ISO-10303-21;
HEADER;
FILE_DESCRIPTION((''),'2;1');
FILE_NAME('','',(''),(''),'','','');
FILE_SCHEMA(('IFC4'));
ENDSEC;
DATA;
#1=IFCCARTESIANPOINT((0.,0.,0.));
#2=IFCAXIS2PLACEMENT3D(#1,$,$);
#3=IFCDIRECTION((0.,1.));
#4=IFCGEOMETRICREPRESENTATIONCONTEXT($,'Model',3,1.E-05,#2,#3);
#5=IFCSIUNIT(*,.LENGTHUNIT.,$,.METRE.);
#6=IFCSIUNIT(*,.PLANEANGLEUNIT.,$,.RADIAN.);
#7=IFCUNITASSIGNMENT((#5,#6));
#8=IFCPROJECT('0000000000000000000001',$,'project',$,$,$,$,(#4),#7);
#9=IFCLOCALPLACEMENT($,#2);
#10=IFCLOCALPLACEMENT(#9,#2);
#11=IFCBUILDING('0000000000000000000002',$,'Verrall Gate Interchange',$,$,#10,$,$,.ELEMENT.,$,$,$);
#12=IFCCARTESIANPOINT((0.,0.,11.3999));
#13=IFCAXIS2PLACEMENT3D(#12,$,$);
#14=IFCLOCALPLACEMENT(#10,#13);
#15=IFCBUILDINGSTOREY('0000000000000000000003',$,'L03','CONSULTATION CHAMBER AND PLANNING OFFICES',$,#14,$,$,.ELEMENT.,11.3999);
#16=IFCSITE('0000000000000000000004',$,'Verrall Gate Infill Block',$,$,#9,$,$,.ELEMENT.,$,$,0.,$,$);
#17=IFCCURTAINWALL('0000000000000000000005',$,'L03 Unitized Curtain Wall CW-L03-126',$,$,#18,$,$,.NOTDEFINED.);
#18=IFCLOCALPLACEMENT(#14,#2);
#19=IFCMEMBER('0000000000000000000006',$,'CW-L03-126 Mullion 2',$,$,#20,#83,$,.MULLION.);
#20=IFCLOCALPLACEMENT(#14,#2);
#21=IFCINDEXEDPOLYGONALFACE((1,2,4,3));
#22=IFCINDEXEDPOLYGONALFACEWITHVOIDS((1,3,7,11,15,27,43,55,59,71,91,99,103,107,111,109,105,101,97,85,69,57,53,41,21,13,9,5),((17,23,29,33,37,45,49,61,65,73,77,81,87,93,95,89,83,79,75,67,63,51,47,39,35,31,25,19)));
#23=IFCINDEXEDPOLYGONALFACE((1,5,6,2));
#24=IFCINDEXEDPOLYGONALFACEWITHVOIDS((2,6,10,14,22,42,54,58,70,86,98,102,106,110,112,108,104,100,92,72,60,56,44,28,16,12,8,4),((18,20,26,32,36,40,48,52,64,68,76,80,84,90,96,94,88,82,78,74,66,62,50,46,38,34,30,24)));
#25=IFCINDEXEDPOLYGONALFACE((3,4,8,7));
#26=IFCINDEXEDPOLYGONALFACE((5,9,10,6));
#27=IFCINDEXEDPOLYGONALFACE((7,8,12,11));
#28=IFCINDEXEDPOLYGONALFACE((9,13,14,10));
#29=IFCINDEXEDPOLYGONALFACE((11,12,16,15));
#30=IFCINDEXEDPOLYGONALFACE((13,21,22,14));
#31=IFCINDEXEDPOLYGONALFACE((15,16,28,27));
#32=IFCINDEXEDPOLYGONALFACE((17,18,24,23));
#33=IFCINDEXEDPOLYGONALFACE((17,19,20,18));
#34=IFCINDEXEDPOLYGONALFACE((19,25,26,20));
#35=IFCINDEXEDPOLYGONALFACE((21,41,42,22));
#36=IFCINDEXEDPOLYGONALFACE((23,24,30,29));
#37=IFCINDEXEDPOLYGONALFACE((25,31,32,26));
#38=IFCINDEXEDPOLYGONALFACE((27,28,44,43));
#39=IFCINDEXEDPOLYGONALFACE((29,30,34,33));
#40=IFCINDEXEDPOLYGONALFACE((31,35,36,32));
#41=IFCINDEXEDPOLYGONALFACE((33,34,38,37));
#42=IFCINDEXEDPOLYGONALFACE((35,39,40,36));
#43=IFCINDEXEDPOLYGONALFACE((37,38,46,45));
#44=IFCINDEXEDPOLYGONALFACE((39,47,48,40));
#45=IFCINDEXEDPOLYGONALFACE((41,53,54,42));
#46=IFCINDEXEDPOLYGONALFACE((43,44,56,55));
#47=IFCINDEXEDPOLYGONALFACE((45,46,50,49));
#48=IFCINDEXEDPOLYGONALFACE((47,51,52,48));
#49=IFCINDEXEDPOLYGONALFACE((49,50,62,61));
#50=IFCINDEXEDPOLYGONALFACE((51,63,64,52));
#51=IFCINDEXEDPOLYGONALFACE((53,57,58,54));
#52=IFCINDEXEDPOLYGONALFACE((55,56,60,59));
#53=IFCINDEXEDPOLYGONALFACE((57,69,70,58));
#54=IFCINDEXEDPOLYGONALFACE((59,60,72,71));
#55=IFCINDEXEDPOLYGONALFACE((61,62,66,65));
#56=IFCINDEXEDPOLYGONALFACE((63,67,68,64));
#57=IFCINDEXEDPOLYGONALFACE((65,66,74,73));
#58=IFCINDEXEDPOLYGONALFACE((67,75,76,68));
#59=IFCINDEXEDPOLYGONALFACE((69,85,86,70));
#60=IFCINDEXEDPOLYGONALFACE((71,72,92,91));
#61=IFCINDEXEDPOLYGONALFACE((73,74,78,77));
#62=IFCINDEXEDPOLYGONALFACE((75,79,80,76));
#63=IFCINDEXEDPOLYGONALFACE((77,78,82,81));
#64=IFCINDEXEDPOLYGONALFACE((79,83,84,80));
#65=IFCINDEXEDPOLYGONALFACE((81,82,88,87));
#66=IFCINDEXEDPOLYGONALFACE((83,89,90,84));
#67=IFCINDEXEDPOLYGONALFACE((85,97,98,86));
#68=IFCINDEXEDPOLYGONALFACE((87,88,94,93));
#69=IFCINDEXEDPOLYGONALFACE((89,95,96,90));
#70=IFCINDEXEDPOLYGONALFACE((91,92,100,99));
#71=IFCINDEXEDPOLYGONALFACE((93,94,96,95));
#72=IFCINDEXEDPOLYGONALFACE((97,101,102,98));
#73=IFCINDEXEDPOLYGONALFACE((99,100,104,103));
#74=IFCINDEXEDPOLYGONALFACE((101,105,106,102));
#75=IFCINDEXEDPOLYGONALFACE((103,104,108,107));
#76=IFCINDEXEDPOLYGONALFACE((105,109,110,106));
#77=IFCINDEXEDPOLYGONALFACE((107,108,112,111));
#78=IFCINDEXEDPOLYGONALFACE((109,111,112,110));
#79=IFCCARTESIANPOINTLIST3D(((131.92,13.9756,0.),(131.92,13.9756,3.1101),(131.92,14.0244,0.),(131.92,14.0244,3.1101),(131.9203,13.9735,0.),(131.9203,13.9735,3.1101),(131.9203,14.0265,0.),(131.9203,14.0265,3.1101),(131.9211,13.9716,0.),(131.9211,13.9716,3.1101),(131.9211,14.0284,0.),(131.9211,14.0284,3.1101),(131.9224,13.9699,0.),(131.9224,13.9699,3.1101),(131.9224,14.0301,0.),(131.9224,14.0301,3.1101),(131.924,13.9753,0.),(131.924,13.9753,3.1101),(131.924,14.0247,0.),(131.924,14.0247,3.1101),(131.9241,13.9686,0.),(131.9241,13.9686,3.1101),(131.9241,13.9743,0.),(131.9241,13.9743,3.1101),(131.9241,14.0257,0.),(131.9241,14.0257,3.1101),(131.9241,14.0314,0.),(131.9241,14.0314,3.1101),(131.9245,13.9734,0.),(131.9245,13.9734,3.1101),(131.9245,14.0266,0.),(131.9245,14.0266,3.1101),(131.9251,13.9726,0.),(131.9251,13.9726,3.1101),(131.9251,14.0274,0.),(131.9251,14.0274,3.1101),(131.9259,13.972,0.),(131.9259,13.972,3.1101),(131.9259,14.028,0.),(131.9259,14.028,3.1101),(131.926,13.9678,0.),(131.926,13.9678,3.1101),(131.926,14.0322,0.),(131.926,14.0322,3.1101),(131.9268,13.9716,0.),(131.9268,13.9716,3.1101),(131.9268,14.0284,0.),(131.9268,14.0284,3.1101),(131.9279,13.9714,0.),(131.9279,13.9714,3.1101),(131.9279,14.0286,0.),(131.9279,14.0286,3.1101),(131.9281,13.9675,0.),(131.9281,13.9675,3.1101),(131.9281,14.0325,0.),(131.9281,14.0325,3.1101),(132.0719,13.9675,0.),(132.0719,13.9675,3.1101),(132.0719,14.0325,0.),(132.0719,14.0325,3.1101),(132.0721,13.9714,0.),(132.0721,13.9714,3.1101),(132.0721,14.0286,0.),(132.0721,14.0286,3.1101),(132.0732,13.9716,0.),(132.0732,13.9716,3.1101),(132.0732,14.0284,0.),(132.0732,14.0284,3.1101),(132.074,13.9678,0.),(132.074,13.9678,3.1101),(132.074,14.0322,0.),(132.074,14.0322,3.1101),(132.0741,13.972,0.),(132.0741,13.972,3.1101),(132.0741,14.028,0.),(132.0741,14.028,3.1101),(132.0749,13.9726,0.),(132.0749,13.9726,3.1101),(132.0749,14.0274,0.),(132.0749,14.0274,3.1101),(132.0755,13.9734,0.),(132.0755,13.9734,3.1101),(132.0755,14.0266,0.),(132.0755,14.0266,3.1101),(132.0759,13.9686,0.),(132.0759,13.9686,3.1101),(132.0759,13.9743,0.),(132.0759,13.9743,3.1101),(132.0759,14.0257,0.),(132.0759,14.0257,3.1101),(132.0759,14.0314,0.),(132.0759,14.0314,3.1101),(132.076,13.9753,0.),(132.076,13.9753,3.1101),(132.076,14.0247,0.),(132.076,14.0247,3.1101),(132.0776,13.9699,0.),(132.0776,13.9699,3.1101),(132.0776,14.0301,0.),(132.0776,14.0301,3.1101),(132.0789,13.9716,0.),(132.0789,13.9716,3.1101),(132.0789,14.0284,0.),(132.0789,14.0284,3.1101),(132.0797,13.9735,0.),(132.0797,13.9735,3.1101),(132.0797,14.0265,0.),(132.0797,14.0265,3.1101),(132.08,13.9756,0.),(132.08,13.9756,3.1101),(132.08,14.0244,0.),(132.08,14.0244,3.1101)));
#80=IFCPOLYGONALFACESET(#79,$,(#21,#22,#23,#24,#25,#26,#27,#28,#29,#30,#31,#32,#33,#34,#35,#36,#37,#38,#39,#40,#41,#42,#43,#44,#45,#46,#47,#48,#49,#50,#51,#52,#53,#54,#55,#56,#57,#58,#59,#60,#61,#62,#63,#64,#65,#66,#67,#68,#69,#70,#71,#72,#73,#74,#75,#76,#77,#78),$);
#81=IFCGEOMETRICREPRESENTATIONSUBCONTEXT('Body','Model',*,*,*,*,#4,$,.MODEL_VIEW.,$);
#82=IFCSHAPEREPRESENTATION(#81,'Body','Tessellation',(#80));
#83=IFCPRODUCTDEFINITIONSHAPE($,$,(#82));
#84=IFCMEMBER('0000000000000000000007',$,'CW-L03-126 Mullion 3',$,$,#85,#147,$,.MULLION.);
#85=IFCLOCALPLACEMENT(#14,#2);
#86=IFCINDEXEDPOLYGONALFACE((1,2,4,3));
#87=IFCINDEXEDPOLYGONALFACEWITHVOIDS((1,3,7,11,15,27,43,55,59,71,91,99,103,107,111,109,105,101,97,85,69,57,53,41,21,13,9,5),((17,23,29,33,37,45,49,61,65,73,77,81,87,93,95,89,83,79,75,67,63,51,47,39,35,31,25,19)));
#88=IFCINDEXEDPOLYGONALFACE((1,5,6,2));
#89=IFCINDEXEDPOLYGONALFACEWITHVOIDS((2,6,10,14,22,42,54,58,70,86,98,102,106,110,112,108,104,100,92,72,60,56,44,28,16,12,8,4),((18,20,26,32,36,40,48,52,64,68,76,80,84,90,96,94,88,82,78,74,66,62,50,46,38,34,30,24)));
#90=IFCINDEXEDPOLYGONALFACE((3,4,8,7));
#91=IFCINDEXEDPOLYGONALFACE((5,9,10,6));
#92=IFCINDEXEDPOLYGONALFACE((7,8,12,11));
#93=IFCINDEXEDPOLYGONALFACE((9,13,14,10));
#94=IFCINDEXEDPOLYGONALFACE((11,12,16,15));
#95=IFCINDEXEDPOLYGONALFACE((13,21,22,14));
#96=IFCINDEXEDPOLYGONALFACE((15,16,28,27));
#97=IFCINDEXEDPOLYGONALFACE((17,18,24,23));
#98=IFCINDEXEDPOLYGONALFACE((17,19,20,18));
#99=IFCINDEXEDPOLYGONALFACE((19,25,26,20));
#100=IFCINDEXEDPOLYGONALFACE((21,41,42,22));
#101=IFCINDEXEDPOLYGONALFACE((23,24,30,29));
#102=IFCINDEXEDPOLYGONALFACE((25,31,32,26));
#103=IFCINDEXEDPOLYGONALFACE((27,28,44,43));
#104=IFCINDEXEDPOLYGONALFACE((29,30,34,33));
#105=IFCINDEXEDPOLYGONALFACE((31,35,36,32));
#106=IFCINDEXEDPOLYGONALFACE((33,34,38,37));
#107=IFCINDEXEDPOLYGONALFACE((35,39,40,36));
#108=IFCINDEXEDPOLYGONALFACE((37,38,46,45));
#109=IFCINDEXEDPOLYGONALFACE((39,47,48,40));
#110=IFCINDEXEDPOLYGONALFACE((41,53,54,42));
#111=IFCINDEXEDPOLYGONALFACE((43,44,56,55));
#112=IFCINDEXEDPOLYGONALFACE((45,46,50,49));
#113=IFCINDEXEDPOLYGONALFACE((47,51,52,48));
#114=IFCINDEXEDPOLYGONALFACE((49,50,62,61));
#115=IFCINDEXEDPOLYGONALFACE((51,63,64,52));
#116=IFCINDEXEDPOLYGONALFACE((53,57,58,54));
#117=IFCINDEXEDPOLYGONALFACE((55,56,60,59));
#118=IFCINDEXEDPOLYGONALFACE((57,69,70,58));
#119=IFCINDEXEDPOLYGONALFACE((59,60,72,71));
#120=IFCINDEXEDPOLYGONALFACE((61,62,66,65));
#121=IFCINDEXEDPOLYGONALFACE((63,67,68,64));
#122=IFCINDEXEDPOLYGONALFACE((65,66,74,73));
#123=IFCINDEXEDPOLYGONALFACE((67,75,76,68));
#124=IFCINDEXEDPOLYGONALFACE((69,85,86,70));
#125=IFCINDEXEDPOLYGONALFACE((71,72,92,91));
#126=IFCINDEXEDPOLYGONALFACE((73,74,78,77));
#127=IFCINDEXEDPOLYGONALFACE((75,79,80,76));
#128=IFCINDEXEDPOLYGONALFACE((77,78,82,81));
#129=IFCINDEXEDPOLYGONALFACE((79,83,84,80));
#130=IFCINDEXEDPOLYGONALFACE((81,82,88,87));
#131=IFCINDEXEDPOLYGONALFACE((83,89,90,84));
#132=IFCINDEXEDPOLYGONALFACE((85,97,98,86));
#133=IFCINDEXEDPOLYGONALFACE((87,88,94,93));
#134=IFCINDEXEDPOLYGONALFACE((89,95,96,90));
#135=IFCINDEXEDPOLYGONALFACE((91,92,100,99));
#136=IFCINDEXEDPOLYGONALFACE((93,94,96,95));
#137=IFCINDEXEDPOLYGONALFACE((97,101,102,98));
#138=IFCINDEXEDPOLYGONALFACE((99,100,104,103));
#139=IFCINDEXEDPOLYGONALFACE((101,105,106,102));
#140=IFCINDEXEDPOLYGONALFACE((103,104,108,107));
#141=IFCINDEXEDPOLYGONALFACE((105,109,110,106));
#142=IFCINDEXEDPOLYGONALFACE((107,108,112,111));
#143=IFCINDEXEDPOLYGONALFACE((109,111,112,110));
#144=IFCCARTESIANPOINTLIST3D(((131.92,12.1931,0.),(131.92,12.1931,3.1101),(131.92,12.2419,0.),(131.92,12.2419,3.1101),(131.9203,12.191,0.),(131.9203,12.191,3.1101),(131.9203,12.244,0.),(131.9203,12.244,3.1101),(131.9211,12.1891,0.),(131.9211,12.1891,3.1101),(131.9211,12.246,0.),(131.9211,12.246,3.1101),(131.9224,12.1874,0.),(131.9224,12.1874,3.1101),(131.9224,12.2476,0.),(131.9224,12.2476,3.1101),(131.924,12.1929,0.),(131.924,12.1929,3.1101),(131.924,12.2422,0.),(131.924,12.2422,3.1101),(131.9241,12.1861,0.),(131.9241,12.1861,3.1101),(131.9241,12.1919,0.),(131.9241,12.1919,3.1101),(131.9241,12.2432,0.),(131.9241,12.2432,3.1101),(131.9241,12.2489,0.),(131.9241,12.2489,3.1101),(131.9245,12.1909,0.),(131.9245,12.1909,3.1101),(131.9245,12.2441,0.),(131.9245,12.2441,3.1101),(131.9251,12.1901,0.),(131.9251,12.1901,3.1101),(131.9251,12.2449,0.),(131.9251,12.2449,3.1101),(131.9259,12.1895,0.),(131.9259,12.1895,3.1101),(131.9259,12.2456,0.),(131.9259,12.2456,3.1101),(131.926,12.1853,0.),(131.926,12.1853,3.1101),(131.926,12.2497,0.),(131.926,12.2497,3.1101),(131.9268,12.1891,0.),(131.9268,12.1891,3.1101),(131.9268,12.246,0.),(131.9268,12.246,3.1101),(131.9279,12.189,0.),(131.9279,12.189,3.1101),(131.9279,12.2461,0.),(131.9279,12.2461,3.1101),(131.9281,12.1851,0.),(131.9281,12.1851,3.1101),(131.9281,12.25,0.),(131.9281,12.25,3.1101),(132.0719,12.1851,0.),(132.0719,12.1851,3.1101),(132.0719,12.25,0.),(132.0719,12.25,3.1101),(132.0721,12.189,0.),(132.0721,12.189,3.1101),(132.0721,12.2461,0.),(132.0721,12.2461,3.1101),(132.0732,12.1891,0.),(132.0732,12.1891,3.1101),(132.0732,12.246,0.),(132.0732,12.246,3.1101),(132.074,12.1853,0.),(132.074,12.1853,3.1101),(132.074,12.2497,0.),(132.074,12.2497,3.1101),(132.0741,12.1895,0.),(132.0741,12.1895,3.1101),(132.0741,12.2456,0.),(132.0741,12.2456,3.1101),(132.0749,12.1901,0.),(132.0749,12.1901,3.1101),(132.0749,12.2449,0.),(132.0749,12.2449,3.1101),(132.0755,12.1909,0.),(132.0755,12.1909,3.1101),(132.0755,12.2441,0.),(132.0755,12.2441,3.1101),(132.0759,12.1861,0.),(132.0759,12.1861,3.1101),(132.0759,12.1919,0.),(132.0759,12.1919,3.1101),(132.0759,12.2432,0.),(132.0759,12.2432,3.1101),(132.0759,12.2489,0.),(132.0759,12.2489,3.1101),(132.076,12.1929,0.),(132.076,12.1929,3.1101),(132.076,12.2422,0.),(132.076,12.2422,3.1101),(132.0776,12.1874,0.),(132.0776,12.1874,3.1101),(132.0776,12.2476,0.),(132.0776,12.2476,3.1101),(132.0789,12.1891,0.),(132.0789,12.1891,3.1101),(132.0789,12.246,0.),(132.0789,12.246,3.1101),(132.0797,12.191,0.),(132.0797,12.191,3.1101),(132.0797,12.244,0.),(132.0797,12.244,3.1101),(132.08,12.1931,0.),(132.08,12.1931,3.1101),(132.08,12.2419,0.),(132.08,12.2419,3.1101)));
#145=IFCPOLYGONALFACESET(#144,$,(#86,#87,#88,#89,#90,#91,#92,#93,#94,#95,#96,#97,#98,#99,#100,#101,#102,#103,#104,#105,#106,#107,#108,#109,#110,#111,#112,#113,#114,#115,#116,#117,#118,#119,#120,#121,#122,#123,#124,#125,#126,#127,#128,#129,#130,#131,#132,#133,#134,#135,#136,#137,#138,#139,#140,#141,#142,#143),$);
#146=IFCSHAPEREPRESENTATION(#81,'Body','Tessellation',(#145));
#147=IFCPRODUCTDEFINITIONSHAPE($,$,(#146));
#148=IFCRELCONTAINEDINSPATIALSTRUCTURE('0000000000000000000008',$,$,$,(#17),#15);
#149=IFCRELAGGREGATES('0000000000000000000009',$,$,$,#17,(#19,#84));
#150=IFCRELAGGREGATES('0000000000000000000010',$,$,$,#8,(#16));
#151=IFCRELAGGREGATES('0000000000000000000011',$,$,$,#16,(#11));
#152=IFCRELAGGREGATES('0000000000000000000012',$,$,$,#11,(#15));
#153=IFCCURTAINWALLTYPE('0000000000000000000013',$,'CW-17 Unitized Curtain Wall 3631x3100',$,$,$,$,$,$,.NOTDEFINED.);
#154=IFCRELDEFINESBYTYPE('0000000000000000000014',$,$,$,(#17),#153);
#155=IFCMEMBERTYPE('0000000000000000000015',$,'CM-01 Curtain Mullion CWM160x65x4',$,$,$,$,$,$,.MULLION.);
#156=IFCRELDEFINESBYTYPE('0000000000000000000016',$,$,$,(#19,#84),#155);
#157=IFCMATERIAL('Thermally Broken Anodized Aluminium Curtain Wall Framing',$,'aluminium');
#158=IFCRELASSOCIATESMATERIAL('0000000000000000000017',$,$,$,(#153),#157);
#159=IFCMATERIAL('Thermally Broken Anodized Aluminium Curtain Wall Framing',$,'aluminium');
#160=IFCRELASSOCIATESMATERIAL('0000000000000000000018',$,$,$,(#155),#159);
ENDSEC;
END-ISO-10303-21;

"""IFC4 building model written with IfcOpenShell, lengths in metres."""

from ifc_helpers import new_model, si_unit, direction, frame, origin, origin_2d, place, context, subcontext, project, spatial, hollow_rectangle, extrude, material, material_profile, profile_set, type_object, element, aggregate, save


model = new_model("IFC4")

# Units and contexts
model_context = context("Model", 3, precision=1e-05, world=origin(), true_north=direction((0.0, 1.0)))
body_context = subcontext(model_context, "Body", "Model", "MODEL_VIEW")
ifc_project = project(units=[si_unit("LENGTHUNIT", "METRE"), si_unit("PLANEANGLEUNIT", "RADIAN")], contexts=[model_context])

# Site, building, storey
site_placement = place(None, origin())
site = spatial("IfcSite", under=ifc_project, at=site_placement, Name="Verrall Gate Infill Block", CompositionType="ELEMENT", RefElevation=0.0)
building_placement = place(site_placement, origin())
building = spatial("IfcBuilding", under=site, at=building_placement, Name="Verrall Gate Interchange", CompositionType="ELEMENT")
storey_placement = place(building_placement, frame((0.0, 0.0, 11.3999)))
storey = spatial("IfcBuildingStorey", under=building, at=storey_placement, Name="L03", Description="CONSULTATION CHAMBER AND PLANNING OFFICES", CompositionType="ELEMENT", Elevation=11.3999)

# Curtain wall, members
ifc_material_1 = material(Name="Thermally Broken Anodized Aluminium Curtain Wall Framing", Category="aluminium")
curtain_wall_type_1 = type_object("IfcCurtainWallType", Name="CW-17 Unitized Curtain Wall 3631x3100", PredefinedType="NOTDEFINED", material=ifc_material_1)
curtain_wall_1_placement = place(storey_placement, origin())
curtain_wall_1 = element("IfcCurtainWall", 1, at=curtain_wall_1_placement, inside=storey, type_object=curtain_wall_type_1, Name="L03 Unitized Curtain Wall CW-L03-126", PredefinedType="NOTDEFINED")
ifc_material_2 = material(Name="Thermally Broken Anodized Aluminium Curtain Wall Framing", Category="aluminium")
ifc_material_profile_1 = material_profile(ifc_material_2, hollow_rectangle(XDim=0.0649, YDim=0.1599, WallThickness=0.0039, InnerFilletRadius=0.0039, OuterFilletRadius=0.0081, at=origin_2d()), Name="CWM160x65x4")
ifc_profile_set_1 = profile_set([ifc_material_profile_1], Name="Thermally Broken Anodized Aluminium Curtain Wall Framing")
member_type_1 = type_object("IfcMemberType", Name="CM-01 Curtain Mullion CWM160x65x4", PredefinedType="MULLION", material=ifc_profile_set_1)
member_1_placement = place(storey_placement, frame((132.0, 14.0, 0.0), z_axis=(0.0, 0.0, 1.0), x_axis=(0.0, -1.0, 0.0)))
member_1 = element("IfcMember", 2, at=member_1_placement, type_object=member_type_1, Name="CW-L03-126 Mullion 2", PredefinedType="MULLION", context=body_context, shape_type="SweptSolid", body=[
    extrude(hollow_rectangle(XDim=0.0649, YDim=0.1599, WallThickness=0.0039, InnerFilletRadius=0.0039, OuterFilletRadius=0.0081, at=origin_2d()), origin(), (0.0, 0.0, 1.0), 3.1101),
])
member_2_placement = place(storey_placement, frame((132.0, 12.2175, 0.0), z_axis=(0.0, 0.0, 1.0), x_axis=(0.0, -1.0, 0.0)))
member_2 = element("IfcMember", 3, at=member_2_placement, type_object=member_type_1, Name="CW-L03-126 Mullion 3", PredefinedType="MULLION", context=body_context, shape_type="SweptSolid", body=[
    extrude(hollow_rectangle(XDim=0.0649, YDim=0.1599, WallThickness=0.0039, InnerFilletRadius=0.0039, OuterFilletRadius=0.0081, at=origin_2d()), origin(), (0.0, 0.0, 1.0), 3.1101),
])

aggregate(curtain_wall_1, [member_1, member_2])

save(model, "model.ifc")
